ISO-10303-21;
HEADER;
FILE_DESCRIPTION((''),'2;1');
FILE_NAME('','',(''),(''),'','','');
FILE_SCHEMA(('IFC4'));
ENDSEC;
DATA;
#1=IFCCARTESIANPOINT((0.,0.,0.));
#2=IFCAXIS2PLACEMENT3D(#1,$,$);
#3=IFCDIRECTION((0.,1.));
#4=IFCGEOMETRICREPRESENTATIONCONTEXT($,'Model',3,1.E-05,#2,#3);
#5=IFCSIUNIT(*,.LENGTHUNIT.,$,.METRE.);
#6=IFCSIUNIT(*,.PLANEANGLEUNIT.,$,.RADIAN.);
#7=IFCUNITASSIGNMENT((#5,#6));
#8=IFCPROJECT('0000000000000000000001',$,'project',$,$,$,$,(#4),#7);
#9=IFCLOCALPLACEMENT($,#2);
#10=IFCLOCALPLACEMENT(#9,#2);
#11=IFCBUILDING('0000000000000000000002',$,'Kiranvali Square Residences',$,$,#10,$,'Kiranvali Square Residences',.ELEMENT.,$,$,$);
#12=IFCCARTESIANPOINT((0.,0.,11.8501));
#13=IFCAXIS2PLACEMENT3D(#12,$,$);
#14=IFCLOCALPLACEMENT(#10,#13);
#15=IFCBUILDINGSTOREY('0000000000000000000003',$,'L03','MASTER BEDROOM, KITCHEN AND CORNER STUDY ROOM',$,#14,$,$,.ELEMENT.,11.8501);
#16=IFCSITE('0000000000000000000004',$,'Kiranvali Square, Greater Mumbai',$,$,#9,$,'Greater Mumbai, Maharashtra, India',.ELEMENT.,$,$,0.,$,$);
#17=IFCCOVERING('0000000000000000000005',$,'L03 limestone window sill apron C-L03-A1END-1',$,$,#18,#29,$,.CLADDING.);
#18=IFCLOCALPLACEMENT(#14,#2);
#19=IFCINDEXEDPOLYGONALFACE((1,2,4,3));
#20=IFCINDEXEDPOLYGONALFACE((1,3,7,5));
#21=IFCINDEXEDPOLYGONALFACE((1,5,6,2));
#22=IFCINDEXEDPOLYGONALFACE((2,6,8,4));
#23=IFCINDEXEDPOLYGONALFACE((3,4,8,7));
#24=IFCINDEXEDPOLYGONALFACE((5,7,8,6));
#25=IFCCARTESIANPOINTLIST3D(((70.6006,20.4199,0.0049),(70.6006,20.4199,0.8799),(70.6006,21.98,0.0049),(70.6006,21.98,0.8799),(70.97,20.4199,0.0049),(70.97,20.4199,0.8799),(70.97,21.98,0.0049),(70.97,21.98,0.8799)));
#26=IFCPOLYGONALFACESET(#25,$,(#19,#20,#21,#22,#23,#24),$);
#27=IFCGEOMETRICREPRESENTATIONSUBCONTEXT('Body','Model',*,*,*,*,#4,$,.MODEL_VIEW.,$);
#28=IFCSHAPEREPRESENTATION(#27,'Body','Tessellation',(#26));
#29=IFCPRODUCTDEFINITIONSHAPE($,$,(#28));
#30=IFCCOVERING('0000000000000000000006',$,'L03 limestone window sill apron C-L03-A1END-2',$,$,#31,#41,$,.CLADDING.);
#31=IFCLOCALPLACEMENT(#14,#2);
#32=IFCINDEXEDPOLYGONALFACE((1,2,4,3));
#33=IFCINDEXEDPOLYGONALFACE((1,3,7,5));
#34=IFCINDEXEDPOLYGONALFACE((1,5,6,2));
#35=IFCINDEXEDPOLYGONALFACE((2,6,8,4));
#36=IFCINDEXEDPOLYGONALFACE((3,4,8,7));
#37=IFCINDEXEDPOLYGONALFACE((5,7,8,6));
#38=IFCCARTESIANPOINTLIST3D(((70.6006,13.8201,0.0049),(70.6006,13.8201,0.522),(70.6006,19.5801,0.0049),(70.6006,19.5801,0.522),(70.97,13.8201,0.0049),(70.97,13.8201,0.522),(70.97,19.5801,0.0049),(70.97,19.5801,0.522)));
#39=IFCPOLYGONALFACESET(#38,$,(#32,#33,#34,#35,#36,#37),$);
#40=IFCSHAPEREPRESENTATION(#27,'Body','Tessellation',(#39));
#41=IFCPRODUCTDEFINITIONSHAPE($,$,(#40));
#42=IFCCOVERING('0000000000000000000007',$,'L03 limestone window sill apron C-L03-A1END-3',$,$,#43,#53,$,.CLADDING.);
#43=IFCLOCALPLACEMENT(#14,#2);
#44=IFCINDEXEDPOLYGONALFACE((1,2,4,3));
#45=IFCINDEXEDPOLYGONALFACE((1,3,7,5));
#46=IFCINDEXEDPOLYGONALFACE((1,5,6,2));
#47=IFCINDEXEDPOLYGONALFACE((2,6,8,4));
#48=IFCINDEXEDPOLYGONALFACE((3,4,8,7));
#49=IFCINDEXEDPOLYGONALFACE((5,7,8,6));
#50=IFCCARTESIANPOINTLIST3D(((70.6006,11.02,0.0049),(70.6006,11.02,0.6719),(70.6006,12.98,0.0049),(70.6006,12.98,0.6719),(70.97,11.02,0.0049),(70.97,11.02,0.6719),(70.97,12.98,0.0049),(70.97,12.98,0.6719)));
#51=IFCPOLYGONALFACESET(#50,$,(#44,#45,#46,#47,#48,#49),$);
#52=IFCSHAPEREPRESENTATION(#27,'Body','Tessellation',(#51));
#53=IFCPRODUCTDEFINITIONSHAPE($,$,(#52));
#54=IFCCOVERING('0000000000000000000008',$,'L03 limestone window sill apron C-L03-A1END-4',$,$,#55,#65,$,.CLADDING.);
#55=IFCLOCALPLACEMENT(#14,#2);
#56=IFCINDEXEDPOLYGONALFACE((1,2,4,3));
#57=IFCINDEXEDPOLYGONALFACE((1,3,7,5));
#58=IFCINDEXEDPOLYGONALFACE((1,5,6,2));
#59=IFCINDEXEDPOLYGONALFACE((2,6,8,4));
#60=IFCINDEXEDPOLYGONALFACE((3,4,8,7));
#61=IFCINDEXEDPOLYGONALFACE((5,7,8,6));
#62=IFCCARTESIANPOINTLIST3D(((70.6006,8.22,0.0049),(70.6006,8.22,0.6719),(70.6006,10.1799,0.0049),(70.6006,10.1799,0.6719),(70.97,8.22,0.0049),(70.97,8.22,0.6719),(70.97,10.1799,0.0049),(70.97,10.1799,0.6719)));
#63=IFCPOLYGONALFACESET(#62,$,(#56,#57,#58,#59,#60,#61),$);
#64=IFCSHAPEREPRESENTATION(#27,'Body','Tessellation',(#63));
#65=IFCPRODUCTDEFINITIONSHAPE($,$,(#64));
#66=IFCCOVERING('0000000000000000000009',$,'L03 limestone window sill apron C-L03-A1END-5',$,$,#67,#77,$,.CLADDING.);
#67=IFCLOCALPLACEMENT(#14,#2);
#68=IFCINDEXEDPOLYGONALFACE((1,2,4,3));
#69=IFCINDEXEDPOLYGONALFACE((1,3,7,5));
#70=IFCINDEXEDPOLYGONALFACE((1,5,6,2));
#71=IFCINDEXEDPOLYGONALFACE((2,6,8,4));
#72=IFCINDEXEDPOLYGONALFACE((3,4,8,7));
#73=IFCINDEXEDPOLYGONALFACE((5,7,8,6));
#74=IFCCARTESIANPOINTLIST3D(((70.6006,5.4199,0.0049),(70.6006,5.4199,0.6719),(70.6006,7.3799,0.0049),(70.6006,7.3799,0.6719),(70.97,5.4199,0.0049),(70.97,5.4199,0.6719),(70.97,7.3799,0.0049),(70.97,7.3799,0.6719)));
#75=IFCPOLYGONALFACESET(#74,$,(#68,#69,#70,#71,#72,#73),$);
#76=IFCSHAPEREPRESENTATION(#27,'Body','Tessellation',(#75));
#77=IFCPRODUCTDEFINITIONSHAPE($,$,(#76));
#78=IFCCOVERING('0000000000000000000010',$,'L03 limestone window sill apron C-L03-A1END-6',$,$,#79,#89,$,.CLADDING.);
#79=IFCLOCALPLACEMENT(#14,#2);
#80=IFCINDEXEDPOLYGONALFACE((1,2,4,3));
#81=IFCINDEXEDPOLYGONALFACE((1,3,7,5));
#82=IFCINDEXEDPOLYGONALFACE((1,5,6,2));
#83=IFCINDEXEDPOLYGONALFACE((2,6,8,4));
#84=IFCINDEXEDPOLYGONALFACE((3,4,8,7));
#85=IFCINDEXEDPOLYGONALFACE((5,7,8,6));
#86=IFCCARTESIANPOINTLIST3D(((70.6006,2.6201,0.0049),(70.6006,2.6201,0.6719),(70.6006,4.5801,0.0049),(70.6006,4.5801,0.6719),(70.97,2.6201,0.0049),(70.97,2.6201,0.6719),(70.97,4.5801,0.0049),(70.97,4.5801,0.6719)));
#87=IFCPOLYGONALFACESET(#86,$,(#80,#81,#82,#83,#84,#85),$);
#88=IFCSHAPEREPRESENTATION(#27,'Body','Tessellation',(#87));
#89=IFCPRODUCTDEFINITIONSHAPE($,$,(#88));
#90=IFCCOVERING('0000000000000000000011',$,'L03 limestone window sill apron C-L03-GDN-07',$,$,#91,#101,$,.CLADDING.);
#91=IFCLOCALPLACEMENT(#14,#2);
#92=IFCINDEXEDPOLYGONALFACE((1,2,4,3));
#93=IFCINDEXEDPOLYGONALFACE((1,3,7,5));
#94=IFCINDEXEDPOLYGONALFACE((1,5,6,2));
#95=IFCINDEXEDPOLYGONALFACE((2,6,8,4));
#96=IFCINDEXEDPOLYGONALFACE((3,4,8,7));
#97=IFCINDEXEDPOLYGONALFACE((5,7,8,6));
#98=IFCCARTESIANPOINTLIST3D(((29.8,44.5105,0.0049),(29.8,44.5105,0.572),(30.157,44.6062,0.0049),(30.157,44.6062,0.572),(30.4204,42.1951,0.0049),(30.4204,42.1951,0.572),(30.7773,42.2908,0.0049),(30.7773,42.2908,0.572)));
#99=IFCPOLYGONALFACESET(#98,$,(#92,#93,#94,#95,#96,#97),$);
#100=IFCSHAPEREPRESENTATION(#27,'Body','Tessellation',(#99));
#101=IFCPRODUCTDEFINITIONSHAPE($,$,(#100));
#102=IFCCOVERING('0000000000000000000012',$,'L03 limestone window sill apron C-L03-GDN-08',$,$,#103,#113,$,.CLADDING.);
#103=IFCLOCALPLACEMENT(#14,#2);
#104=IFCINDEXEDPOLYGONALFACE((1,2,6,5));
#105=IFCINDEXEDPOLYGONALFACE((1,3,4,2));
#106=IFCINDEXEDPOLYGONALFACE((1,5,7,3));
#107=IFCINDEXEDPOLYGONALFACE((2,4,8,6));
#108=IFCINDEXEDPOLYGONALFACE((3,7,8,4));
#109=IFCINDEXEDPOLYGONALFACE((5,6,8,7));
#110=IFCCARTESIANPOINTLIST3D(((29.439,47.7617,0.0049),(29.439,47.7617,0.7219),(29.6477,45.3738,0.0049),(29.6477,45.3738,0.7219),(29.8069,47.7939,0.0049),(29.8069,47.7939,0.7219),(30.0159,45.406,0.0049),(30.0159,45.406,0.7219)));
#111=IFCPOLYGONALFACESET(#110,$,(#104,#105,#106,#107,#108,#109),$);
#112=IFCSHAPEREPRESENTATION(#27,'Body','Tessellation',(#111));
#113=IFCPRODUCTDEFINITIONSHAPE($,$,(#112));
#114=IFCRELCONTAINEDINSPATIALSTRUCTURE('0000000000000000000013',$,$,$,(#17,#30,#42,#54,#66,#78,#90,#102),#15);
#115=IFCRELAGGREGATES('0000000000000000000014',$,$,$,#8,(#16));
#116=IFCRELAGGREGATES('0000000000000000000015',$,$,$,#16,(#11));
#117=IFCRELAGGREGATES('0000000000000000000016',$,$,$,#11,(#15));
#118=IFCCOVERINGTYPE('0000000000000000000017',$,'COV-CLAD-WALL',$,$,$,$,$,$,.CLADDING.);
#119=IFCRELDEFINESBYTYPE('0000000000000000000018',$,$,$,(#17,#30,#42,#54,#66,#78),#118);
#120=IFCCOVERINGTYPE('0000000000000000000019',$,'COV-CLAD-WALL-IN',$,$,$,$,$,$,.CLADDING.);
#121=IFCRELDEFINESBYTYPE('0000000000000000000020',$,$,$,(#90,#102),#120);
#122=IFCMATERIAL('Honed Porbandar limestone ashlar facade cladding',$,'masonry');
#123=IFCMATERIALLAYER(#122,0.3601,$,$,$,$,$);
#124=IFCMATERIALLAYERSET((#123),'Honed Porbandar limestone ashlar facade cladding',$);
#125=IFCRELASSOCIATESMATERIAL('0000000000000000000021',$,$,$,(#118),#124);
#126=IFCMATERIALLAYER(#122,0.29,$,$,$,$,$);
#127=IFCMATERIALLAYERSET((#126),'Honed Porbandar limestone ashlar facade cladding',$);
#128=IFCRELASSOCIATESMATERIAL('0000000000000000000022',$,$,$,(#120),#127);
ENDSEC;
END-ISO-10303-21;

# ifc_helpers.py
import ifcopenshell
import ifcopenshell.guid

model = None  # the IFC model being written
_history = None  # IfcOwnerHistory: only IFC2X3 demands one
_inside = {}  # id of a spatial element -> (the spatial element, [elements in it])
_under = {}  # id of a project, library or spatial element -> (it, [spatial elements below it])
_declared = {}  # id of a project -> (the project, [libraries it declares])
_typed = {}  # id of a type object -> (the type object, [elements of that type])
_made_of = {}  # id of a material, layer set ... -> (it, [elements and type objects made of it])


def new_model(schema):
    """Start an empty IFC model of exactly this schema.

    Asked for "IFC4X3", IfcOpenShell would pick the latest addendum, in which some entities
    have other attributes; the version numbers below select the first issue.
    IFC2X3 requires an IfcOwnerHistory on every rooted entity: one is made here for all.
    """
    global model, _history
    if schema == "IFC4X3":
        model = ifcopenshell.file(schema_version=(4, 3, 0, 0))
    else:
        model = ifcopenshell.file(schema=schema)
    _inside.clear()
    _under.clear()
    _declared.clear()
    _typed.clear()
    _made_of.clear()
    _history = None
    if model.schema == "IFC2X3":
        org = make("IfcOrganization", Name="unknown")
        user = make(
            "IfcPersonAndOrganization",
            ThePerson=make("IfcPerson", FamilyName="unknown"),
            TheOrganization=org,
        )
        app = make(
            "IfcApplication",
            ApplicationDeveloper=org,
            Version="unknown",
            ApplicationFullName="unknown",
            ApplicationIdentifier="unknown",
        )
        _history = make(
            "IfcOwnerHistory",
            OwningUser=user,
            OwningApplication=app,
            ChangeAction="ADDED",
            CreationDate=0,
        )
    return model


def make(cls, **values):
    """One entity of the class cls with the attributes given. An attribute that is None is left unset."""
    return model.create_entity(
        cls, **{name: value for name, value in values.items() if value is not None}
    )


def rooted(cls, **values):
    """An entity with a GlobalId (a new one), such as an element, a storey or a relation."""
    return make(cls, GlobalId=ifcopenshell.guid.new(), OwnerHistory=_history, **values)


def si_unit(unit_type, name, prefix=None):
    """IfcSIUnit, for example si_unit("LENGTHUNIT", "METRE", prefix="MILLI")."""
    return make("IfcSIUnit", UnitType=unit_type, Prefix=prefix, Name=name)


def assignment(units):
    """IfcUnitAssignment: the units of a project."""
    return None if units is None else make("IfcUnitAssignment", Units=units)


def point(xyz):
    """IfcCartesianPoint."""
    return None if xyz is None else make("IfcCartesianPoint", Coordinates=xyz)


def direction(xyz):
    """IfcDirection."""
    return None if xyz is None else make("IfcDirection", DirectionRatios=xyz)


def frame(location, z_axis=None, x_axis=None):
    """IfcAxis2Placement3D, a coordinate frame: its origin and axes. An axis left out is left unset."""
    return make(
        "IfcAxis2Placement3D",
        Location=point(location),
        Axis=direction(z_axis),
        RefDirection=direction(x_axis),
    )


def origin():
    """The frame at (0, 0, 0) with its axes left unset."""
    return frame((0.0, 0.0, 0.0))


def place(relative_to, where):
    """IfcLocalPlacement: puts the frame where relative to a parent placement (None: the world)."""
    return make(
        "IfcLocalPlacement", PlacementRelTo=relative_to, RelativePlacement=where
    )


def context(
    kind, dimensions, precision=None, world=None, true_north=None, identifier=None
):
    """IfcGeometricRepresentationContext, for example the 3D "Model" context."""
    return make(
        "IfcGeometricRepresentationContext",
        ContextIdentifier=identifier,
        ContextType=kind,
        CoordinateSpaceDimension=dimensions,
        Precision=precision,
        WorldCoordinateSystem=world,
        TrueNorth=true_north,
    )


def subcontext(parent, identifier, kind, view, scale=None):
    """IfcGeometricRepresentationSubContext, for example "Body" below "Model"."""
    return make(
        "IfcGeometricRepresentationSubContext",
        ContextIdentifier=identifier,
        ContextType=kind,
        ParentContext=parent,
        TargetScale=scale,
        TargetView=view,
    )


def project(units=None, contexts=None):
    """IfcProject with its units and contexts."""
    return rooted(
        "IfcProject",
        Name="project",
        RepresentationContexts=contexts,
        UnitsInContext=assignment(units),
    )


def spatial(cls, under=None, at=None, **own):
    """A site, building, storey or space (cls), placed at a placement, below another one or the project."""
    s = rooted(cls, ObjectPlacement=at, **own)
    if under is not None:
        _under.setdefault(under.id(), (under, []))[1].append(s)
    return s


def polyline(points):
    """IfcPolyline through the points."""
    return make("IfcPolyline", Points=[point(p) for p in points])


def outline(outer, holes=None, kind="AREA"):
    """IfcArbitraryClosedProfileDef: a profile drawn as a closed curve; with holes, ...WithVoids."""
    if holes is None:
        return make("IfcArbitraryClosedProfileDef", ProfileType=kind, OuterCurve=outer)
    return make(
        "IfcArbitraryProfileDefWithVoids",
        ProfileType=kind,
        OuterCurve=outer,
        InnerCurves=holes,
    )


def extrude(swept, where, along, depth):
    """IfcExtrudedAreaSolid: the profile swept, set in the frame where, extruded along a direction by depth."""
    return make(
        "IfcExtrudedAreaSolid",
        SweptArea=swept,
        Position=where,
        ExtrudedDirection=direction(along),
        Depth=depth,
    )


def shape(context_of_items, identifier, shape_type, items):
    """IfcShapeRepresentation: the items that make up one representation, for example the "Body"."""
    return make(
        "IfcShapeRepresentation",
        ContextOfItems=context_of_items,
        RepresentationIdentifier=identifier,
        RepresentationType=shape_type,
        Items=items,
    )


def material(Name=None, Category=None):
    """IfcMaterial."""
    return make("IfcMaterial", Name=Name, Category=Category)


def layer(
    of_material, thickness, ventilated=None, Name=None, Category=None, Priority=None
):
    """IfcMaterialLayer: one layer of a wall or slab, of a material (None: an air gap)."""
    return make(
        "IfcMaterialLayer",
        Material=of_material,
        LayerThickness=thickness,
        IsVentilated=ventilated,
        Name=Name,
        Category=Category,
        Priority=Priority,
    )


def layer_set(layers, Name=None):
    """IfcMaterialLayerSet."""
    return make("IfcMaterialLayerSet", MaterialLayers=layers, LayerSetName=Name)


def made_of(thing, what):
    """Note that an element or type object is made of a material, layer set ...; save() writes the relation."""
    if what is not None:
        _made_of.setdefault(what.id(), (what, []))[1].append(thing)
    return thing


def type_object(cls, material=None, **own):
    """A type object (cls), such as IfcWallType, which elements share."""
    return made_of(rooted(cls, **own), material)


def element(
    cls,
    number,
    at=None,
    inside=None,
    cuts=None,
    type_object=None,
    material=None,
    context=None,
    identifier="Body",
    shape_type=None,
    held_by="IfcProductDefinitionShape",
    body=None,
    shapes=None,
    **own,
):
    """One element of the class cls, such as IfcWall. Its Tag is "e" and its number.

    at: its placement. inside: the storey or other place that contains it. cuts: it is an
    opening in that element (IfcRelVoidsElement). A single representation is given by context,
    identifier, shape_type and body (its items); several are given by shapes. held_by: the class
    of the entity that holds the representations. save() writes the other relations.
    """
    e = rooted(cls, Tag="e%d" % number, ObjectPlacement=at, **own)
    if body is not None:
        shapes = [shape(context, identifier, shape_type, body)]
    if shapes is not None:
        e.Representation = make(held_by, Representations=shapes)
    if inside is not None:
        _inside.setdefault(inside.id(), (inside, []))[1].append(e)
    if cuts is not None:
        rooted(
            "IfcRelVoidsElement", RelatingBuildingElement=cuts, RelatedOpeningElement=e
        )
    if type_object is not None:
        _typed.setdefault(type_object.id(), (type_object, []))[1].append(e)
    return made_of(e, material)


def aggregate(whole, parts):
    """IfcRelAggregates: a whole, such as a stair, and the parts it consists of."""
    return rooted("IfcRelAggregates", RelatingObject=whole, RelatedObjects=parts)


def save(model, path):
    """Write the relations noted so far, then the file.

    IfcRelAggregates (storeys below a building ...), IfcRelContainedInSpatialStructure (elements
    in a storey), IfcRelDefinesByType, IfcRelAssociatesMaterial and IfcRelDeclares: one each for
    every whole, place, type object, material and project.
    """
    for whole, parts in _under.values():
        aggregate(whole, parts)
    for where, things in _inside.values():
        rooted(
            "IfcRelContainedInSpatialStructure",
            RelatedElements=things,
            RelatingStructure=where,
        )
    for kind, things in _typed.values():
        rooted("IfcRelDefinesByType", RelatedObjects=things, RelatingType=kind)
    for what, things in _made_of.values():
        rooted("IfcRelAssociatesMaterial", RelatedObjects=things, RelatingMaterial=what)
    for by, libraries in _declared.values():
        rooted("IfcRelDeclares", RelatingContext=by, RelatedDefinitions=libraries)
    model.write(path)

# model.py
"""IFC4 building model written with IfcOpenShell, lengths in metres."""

from ifc_helpers import new_model, si_unit, direction, frame, origin, place, context, subcontext, project, spatial, polyline, outline, extrude, material, layer, layer_set, type_object, element, save


model = new_model("IFC4")

# Units and contexts
model_context = context("Model", 3, precision=1e-05, world=origin(), true_north=direction((0.0, 1.0)))
body_context = subcontext(model_context, "Body", "Model", "MODEL_VIEW")
ifc_project = project(units=[si_unit("LENGTHUNIT", "METRE"), si_unit("PLANEANGLEUNIT", "RADIAN")], contexts=[model_context])

# Site, building, storey
site_placement = place(None, origin())
site = spatial("IfcSite", under=ifc_project, at=site_placement, Name="Kiranvali Square, Greater Mumbai", LongName="Greater Mumbai, Maharashtra, India", CompositionType="ELEMENT", RefElevation=0.0)
building_placement = place(site_placement, origin())
building = spatial("IfcBuilding", under=site, at=building_placement, Name="Kiranvali Square Residences", LongName="Kiranvali Square Residences", CompositionType="ELEMENT")
storey_placement = place(building_placement, frame((0.0, 0.0, 11.8501)))
storey = spatial("IfcBuildingStorey", under=building, at=storey_placement, Name="L03", Description="MASTER BEDROOM, KITCHEN AND CORNER STUDY ROOM", CompositionType="ELEMENT", Elevation=11.8501)

# Coverings
ifc_material = material(Name="Honed Porbandar limestone ashlar facade cladding", Category="masonry")
ifc_layer_1 = layer(ifc_material, 0.3601)
ifc_layer_set_1 = layer_set([ifc_layer_1], Name="Honed Porbandar limestone ashlar facade cladding")
covering_type_1 = type_object("IfcCoveringType", Name="COV-CLAD-WALL", PredefinedType="CLADDING", material=ifc_layer_set_1)
covering_1_placement = place(storey_placement, frame((0.0, 0.0, 0.0049)))
element("IfcCovering", 1, at=covering_1_placement, inside=storey, type_object=covering_type_1, Name="L03 limestone window sill apron C-L03-A1END-1", PredefinedType="CLADDING", context=body_context, shape_type="SweptSolid", body=[
    extrude(outline(polyline([(70.6006, 21.98), (70.6006, 20.4199), (70.97, 20.4199), (70.97, 21.98), (70.6006, 21.98)])), origin(), (0.0, 0.0, 1.0), 0.875),
])
covering_2_placement = place(storey_placement, frame((0.0, 0.0, 0.0049)))
element("IfcCovering", 2, at=covering_2_placement, inside=storey, type_object=covering_type_1, Name="L03 limestone window sill apron C-L03-A1END-2", PredefinedType="CLADDING", context=body_context, shape_type="SweptSolid", body=[
    extrude(outline(polyline([(70.6006, 19.5801), (70.6006, 13.8201), (70.97, 13.8201), (70.97, 19.5801), (70.6006, 19.5801)])), origin(), (0.0, 0.0, 1.0), 0.5171),
])
covering_3_placement = place(storey_placement, frame((0.0, 0.0, 0.0049)))
element("IfcCovering", 3, at=covering_3_placement, inside=storey, type_object=covering_type_1, Name="L03 limestone window sill apron C-L03-A1END-3", PredefinedType="CLADDING", context=body_context, shape_type="SweptSolid", body=[
    extrude(outline(polyline([(70.6006, 12.98), (70.6006, 11.02), (70.97, 11.02), (70.97, 12.98), (70.6006, 12.98)])), origin(), (0.0, 0.0, 1.0), 0.667),
])
covering_4_placement = place(storey_placement, frame((0.0, 0.0, 0.0049)))
element("IfcCovering", 4, at=covering_4_placement, inside=storey, type_object=covering_type_1, Name="L03 limestone window sill apron C-L03-A1END-4", PredefinedType="CLADDING", context=body_context, shape_type="SweptSolid", body=[
    extrude(outline(polyline([(70.6006, 10.1799), (70.6006, 8.22), (70.97, 8.22), (70.97, 10.1799), (70.6006, 10.1799)])), origin(), (0.0, 0.0, 1.0), 0.667),
])
covering_5_placement = place(storey_placement, frame((0.0, 0.0, 0.0049)))
element("IfcCovering", 5, at=covering_5_placement, inside=storey, type_object=covering_type_1, Name="L03 limestone window sill apron C-L03-A1END-5", PredefinedType="CLADDING", context=body_context, shape_type="SweptSolid", body=[
    extrude(outline(polyline([(70.6006, 7.3799), (70.6006, 5.4199), (70.97, 5.4199), (70.97, 7.3799), (70.6006, 7.3799)])), origin(), (0.0, 0.0, 1.0), 0.667),
])
covering_6_placement = place(storey_placement, frame((0.0, 0.0, 0.0049)))
element("IfcCovering", 6, at=covering_6_placement, inside=storey, type_object=covering_type_1, Name="L03 limestone window sill apron C-L03-A1END-6", PredefinedType="CLADDING", context=body_context, shape_type="SweptSolid", body=[
    extrude(outline(polyline([(70.6006, 4.5801), (70.6006, 2.6201), (70.97, 2.6201), (70.97, 4.5801), (70.6006, 4.5801)])), origin(), (0.0, 0.0, 1.0), 0.667),
])
ifc_layer_2 = layer(ifc_material, 0.29)
ifc_layer_set_2 = layer_set([ifc_layer_2], Name="Honed Porbandar limestone ashlar facade cladding")
covering_type_2 = type_object("IfcCoveringType", Name="COV-CLAD-WALL-IN", PredefinedType="CLADDING", material=ifc_layer_set_2)
covering_7_placement = place(storey_placement, frame((0.0, 0.0, 0.0049)))
element("IfcCovering", 7, at=covering_7_placement, inside=storey, type_object=covering_type_2, Name="L03 limestone window sill apron C-L03-GDN-07", PredefinedType="CLADDING", context=body_context, shape_type="SweptSolid", body=[
    extrude(outline(polyline([(30.7773, 42.2908), (30.157, 44.6062), (29.8, 44.5105), (30.4204, 42.1951), (30.7773, 42.2908)])), origin(), (0.0, 0.0, 1.0), 0.5671),
])
covering_8_placement = place(storey_placement, frame((0.0, 0.0, 0.0049)))
element("IfcCovering", 8, at=covering_8_placement, inside=storey, type_object=covering_type_2, Name="L03 limestone window sill apron C-L03-GDN-08", PredefinedType="CLADDING", context=body_context, shape_type="SweptSolid", body=[
    extrude(outline(polyline([(30.0159, 45.406), (29.8069, 47.7939), (29.439, 47.7617), (29.6477, 45.3738), (30.0159, 45.406)])), origin(), (0.0, 0.0, 1.0), 0.717),
])

save(model, "model.ifc")
